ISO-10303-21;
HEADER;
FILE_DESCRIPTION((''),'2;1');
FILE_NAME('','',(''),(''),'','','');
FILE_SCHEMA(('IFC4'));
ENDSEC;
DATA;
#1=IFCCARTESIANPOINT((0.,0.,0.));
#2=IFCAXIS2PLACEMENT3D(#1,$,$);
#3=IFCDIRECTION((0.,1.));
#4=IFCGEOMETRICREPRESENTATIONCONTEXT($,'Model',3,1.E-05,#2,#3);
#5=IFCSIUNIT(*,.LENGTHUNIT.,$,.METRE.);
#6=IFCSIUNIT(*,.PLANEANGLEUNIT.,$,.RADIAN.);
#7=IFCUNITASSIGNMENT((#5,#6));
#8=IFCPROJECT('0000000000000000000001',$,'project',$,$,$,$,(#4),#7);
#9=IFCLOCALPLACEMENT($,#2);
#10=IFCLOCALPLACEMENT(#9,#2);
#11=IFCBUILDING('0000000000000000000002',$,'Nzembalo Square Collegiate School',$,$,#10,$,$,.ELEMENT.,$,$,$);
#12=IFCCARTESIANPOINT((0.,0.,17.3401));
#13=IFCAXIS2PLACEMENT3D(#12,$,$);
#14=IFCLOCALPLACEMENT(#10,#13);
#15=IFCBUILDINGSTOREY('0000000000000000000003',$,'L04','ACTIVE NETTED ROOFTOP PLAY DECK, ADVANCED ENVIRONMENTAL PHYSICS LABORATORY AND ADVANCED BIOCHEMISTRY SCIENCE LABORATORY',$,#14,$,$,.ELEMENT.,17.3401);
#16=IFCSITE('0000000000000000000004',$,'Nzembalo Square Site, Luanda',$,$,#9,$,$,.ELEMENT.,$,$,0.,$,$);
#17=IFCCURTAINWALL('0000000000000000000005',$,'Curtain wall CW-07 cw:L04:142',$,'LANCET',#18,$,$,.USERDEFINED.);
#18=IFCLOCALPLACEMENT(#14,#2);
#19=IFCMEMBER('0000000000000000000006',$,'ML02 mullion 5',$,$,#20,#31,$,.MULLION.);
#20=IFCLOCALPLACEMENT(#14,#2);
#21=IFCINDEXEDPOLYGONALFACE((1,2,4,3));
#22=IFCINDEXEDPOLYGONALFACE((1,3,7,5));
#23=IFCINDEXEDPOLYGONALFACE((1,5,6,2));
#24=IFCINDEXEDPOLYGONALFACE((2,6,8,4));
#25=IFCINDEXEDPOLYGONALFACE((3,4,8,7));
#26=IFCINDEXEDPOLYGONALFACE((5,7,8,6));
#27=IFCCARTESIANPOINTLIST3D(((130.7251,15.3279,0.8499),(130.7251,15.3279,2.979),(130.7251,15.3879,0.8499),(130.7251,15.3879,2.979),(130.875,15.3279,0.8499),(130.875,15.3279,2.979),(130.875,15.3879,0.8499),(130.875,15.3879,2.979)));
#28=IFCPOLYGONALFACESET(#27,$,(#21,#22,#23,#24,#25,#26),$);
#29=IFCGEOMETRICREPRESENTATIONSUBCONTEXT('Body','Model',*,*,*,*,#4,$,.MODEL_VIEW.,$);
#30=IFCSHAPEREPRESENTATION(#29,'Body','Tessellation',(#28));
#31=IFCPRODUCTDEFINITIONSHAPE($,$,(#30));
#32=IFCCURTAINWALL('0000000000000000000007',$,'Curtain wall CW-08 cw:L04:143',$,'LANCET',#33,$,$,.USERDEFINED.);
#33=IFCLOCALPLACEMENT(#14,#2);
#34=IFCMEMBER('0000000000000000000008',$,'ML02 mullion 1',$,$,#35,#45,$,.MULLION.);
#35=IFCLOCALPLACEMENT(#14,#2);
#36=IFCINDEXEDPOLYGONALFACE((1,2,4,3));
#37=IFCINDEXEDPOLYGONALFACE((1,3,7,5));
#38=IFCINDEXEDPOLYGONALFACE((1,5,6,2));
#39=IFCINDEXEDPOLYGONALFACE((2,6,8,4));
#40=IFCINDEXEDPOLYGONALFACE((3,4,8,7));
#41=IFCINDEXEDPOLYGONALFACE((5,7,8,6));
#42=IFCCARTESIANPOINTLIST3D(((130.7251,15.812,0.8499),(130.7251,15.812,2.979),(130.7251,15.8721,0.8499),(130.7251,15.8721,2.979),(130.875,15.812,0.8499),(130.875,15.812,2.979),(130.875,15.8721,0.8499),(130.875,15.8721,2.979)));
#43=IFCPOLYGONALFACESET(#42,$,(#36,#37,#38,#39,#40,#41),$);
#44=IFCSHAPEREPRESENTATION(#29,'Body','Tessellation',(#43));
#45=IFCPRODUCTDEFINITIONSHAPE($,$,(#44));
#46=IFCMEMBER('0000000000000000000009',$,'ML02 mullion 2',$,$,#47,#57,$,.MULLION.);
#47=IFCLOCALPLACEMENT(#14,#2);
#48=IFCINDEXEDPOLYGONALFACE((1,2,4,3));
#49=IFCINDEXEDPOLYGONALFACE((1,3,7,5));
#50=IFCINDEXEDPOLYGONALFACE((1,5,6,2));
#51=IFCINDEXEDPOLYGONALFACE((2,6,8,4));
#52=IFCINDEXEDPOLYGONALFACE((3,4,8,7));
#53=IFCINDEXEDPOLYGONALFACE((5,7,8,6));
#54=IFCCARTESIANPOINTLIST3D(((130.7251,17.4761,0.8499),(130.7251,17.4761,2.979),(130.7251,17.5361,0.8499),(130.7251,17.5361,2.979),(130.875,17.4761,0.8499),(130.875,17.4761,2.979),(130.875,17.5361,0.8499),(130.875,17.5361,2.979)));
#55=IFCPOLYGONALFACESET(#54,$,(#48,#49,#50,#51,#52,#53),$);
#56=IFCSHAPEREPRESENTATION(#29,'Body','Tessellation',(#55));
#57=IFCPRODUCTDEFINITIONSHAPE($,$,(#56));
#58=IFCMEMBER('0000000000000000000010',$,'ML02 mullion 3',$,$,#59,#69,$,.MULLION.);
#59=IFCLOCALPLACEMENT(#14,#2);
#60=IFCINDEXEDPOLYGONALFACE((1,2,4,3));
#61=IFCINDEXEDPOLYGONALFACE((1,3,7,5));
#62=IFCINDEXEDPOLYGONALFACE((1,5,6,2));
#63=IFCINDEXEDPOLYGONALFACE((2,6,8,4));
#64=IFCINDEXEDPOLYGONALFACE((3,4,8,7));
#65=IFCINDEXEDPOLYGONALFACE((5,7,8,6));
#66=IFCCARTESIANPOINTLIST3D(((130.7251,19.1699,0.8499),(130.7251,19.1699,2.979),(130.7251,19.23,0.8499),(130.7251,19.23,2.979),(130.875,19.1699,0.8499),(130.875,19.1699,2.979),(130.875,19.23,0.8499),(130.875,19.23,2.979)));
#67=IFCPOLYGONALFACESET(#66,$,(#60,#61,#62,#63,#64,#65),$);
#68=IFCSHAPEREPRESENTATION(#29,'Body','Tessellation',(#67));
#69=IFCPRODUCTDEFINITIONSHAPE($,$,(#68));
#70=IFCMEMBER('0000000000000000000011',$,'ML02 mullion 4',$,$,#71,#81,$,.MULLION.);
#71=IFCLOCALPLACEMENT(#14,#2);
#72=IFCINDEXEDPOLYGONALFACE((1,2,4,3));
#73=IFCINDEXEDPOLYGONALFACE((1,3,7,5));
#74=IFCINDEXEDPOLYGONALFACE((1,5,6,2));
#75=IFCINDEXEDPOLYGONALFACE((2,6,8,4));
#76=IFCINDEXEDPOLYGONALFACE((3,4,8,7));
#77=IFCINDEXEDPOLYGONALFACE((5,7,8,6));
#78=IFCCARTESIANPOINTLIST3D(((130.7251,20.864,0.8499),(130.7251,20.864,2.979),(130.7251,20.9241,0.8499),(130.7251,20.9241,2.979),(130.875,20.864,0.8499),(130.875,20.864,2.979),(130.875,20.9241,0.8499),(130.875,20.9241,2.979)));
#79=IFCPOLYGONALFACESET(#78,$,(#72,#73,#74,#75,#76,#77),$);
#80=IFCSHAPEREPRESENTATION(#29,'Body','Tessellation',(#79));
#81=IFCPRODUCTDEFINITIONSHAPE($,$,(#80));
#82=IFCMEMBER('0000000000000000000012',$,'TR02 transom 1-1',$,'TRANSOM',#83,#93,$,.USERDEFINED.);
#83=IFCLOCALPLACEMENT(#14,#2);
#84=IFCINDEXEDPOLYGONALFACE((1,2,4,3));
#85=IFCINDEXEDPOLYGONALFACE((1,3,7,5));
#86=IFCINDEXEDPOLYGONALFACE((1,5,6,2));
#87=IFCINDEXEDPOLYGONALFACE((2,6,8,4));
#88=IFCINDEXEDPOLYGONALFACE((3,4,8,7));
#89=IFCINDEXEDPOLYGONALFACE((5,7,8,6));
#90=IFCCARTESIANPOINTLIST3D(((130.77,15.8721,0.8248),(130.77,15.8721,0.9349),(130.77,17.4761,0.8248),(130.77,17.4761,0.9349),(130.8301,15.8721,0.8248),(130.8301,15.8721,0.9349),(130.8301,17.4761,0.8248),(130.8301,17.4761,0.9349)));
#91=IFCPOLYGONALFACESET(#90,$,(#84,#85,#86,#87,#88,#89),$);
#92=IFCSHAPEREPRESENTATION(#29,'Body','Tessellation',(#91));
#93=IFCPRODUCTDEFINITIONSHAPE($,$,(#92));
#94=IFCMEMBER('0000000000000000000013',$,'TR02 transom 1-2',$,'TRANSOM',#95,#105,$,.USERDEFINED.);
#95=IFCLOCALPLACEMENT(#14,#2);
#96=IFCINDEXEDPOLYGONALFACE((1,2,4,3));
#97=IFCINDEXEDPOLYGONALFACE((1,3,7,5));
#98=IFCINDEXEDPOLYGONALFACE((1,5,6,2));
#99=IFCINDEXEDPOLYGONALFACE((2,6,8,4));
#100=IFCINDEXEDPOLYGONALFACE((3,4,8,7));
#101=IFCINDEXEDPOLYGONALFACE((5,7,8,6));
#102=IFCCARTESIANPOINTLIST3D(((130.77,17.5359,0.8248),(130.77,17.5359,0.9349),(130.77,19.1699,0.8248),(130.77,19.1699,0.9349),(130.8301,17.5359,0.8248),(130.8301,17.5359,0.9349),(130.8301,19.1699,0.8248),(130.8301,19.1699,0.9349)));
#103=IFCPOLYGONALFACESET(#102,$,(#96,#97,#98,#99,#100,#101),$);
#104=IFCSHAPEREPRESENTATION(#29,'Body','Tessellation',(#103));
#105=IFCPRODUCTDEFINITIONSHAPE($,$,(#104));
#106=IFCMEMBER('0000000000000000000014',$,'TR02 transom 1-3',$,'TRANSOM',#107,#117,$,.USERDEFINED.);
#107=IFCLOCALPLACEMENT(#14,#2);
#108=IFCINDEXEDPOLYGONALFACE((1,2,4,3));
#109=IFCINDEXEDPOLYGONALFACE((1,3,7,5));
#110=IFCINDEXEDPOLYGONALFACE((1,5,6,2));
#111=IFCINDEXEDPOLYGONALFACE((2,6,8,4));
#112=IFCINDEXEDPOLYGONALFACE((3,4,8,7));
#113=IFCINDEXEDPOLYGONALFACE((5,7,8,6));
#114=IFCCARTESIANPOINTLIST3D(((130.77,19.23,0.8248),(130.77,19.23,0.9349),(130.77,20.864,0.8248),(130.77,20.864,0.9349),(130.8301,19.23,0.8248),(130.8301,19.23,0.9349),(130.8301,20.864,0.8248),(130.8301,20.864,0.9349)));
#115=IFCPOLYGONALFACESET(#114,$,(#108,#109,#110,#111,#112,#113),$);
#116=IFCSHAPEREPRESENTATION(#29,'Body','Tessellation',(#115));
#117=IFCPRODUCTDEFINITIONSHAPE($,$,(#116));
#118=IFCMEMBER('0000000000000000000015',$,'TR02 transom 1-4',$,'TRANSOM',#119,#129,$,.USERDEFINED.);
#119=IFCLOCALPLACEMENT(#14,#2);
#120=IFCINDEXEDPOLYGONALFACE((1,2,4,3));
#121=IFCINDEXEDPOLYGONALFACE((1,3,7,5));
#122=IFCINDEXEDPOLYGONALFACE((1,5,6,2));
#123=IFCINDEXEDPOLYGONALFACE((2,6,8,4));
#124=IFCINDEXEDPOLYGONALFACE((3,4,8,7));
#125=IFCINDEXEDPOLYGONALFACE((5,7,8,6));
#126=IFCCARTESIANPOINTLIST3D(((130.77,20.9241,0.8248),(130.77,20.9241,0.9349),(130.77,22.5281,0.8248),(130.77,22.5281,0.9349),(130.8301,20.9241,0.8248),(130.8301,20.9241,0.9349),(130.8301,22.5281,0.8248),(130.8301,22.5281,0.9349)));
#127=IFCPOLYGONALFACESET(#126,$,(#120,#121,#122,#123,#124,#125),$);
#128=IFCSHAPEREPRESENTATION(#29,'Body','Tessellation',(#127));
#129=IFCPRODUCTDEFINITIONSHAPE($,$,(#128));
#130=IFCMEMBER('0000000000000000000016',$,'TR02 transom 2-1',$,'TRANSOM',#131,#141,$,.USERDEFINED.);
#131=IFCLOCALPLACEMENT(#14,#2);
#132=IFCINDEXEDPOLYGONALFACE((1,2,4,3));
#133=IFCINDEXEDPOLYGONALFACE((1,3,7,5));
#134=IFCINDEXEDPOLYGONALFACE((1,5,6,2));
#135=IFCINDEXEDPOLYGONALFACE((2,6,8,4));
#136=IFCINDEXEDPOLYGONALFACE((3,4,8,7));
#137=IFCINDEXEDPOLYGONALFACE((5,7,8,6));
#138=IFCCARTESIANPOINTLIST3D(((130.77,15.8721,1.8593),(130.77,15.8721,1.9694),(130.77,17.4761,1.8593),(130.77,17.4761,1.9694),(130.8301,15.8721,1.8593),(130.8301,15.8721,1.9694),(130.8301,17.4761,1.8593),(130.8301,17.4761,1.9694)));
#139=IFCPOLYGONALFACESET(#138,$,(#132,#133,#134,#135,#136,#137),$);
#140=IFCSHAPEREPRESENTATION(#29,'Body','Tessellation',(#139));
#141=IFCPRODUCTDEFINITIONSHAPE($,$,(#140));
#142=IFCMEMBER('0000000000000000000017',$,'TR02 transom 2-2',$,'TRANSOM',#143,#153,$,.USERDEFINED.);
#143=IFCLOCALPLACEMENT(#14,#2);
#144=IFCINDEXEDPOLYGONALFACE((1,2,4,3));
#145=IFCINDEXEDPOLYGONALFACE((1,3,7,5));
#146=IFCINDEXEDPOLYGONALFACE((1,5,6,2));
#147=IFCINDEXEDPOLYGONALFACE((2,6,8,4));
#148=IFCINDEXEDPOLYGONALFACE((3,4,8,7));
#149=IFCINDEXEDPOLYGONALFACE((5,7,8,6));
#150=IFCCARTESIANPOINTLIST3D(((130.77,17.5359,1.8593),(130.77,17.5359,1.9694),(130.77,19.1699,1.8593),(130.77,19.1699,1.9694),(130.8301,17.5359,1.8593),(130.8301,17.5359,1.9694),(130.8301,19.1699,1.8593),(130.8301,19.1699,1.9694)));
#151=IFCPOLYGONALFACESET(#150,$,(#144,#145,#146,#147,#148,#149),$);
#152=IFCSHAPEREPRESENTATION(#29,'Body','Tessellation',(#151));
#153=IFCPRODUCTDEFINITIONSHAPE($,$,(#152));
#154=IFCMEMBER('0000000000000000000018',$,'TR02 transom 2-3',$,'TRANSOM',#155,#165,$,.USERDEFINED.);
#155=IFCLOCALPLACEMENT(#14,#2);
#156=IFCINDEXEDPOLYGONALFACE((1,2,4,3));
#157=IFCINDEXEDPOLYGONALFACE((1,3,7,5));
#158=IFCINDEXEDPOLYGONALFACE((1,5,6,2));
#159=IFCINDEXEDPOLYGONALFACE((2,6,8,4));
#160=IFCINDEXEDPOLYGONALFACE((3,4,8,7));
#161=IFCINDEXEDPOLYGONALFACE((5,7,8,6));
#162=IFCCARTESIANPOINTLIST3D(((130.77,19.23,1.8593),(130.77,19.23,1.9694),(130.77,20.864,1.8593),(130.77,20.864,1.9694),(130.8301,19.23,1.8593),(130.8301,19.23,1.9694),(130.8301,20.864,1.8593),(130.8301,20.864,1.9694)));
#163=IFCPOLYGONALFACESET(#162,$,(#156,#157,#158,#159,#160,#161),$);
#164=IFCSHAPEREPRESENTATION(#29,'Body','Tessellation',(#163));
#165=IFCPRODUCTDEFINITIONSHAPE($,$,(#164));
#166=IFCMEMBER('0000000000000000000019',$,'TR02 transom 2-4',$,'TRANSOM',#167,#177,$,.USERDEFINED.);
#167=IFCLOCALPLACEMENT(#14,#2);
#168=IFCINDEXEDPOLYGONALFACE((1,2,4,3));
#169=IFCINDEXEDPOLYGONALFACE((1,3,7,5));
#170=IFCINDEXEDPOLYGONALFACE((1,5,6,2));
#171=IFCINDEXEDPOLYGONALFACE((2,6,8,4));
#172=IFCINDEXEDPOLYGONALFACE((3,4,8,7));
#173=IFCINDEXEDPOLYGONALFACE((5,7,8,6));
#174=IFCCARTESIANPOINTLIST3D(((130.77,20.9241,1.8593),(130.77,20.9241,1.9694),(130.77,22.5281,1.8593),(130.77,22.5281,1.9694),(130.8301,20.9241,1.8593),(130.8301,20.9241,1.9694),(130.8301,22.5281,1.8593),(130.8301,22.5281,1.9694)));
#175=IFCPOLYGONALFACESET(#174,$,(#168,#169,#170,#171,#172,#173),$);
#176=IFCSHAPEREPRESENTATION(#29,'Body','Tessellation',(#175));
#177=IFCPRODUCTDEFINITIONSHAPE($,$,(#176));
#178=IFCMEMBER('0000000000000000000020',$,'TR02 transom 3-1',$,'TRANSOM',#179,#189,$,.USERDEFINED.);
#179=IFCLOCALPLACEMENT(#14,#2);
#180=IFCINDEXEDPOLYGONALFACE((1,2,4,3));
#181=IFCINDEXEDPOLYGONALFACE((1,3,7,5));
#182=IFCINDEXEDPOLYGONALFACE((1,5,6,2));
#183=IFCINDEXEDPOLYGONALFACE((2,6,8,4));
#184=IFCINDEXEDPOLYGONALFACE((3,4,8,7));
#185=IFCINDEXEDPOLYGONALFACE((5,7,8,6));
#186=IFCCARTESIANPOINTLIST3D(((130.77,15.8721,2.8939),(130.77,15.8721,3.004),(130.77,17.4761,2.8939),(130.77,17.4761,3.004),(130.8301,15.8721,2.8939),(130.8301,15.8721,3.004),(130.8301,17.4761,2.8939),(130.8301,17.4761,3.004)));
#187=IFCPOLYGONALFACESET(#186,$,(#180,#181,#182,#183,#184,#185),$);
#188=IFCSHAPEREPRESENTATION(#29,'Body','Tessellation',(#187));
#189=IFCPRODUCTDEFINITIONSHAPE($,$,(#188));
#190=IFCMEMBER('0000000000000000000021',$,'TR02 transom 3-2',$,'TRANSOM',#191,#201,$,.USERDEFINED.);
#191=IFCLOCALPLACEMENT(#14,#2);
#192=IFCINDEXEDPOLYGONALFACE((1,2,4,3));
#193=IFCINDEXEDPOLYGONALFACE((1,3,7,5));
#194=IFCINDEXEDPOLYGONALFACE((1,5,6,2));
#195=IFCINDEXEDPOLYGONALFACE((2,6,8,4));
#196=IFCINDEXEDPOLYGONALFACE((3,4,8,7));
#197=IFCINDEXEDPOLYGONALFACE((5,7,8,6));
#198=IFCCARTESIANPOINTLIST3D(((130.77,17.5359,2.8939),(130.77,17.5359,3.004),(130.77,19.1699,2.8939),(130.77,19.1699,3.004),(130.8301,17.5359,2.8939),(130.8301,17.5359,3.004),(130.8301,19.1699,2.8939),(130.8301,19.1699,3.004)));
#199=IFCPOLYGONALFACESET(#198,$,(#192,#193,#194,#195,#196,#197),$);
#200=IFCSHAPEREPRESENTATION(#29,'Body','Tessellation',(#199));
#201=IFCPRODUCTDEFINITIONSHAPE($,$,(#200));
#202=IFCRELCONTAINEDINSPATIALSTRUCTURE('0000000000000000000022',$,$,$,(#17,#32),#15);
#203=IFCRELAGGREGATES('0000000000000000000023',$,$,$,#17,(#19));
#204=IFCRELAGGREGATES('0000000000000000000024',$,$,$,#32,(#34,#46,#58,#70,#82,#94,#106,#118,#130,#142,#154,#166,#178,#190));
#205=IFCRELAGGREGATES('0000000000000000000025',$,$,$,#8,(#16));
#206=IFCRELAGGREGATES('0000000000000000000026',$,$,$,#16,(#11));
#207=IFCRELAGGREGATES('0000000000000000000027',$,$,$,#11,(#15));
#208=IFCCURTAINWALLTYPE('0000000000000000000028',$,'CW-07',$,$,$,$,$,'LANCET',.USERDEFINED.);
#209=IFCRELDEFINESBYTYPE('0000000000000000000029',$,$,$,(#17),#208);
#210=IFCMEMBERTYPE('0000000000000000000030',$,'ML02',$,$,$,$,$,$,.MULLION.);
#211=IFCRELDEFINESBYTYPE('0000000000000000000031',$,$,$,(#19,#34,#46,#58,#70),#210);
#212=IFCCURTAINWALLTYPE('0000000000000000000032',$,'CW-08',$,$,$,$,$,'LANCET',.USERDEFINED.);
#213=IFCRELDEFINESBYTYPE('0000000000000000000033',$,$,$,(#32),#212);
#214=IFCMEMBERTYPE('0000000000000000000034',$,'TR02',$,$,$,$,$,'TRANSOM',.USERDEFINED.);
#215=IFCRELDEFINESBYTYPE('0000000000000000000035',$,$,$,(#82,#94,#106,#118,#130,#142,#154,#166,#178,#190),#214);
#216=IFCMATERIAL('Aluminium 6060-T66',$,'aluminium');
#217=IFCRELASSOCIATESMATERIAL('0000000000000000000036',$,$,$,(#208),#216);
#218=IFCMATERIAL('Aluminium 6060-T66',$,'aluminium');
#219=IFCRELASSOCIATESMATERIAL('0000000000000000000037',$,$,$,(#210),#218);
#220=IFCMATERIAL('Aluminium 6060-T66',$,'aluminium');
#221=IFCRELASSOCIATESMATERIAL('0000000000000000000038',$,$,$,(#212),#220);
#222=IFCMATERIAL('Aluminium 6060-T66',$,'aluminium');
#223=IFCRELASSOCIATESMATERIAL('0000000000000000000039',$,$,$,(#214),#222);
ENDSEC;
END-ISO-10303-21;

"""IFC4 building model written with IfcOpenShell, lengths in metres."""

from ifc_helpers import new_model, si_unit, direction, frame, origin, origin_2d, place, context, subcontext, project, spatial, rectangle, extrude, material, material_profile, profile_set, type_object, element, aggregate, save


model = new_model("IFC4")

# Units and contexts
model_context = context("Model", 3, precision=1e-05, world=origin(), true_north=direction((0.0, 1.0)))
body_context = subcontext(model_context, "Body", "Model", "MODEL_VIEW")
ifc_project = project(units=[si_unit("LENGTHUNIT", "METRE"), si_unit("PLANEANGLEUNIT", "RADIAN")], contexts=[model_context])

# Site, building, storey
site_placement = place(None, origin())
site = spatial("IfcSite", under=ifc_project, at=site_placement, Name="Nzembalo Square Site, Luanda", CompositionType="ELEMENT", RefElevation=0.0)
building_placement = place(site_placement, origin())
building = spatial("IfcBuilding", under=site, at=building_placement, Name="Nzembalo Square Collegiate School", CompositionType="ELEMENT")
storey_placement = place(building_placement, frame((0.0, 0.0, 17.3401)))
storey = spatial("IfcBuildingStorey", under=building, at=storey_placement, Name="L04", Description="ACTIVE NETTED ROOFTOP PLAY DECK, ADVANCED ENVIRONMENTAL PHYSICS LABORATORY AND ADVANCED BIOCHEMISTRY SCIENCE LABORATORY", CompositionType="ELEMENT", Elevation=17.3401)

# Curtain wall, member
ifc_material_1 = material(Name="Aluminium 6060-T66", Category="aluminium")
curtain_wall_type_1 = type_object("IfcCurtainWallType", Name="CW-07", ElementType="LANCET", PredefinedType="USERDEFINED", material=ifc_material_1)
curtain_wall_1_placement = place(storey_placement, origin())
curtain_wall_1 = element("IfcCurtainWall", 1, at=curtain_wall_1_placement, inside=storey, type_object=curtain_wall_type_1, Name="Curtain wall CW-07 cw:L04:142", ObjectType="LANCET", PredefinedType="USERDEFINED")
ifc_material_2 = material(Name="Aluminium 6060-T66", Category="aluminium")
ifc_material_profile_1 = material_profile(ifc_material_2, rectangle(XDim=0.0601, YDim=0.1499, at=origin_2d()), Name="ALU M60x150")
ifc_profile_set_1 = profile_set([ifc_material_profile_1], Name="Aluminium 6060-T66")
member_type_1 = type_object("IfcMemberType", Name="ML02", PredefinedType="MULLION", material=ifc_profile_set_1)
member_1_placement = place(storey_placement, frame((130.8, 15.3579, 0.8499), z_axis=(0.0, 0.0, 1.0), x_axis=(0.0, 1.0, 0.0)))
member_1 = element("IfcMember", 2, at=member_1_placement, type_object=member_type_1, Name="ML02 mullion 5", PredefinedType="MULLION", context=body_context, shape_type="SweptSolid", body=[
    extrude(rectangle(XDim=0.0601, YDim=0.1499, at=origin_2d()), origin(), (0.0, 0.0, 1.0), 2.1292),
])
aggregate(curtain_wall_1, [member_1])

# Curtain wall, members
ifc_material_3 = material(Name="Aluminium 6060-T66", Category="aluminium")
curtain_wall_type_2 = type_object("IfcCurtainWallType", Name="CW-08", ElementType="LANCET", PredefinedType="USERDEFINED", material=ifc_material_3)
curtain_wall_2_placement = place(storey_placement, origin())
curtain_wall_2 = element("IfcCurtainWall", 3, at=curtain_wall_2_placement, inside=storey, type_object=curtain_wall_type_2, Name="Curtain wall CW-08 cw:L04:143", ObjectType="LANCET", PredefinedType="USERDEFINED")
member_2_placement = place(storey_placement, frame((130.8, 15.842, 0.8499), z_axis=(0.0, 0.0, 1.0), x_axis=(0.0, 1.0, 0.0)))
member_2 = element("IfcMember", 4, at=member_2_placement, type_object=member_type_1, Name="ML02 mullion 1", PredefinedType="MULLION", context=body_context, shape_type="SweptSolid", body=[
    extrude(rectangle(XDim=0.0601, YDim=0.1499, at=origin_2d()), origin(), (0.0, 0.0, 1.0), 2.1292),
])
member_3_placement = place(storey_placement, frame((130.8, 17.5061, 0.8499), z_axis=(0.0, 0.0, 1.0), x_axis=(0.0, 1.0, 0.0)))
member_3 = element("IfcMember", 5, at=member_3_placement, type_object=member_type_1, Name="ML02 mullion 2", PredefinedType="MULLION", context=body_context, shape_type="SweptSolid", body=[
    extrude(rectangle(XDim=0.0601, YDim=0.1499, at=origin_2d()), origin(), (0.0, 0.0, 1.0), 2.1292),
])
member_4_placement = place(storey_placement, frame((130.8, 19.2, 0.8499), z_axis=(0.0, 0.0, 1.0), x_axis=(0.0, 1.0, 0.0)))
member_4 = element("IfcMember", 6, at=member_4_placement, type_object=member_type_1, Name="ML02 mullion 3", PredefinedType="MULLION", context=body_context, shape_type="SweptSolid", body=[
    extrude(rectangle(XDim=0.0601, YDim=0.1499, at=origin_2d()), origin(), (0.0, 0.0, 1.0), 2.1292),
])
member_5_placement = place(storey_placement, frame((130.8, 20.894, 0.8499), z_axis=(0.0, 0.0, 1.0), x_axis=(0.0, 1.0, 0.0)))
member_5 = element("IfcMember", 7, at=member_5_placement, type_object=member_type_1, Name="ML02 mullion 4", PredefinedType="MULLION", context=body_context, shape_type="SweptSolid", body=[
    extrude(rectangle(XDim=0.0601, YDim=0.1499, at=origin_2d()), origin(), (0.0, 0.0, 1.0), 2.1292),
])
ifc_material_4 = material(Name="Aluminium 6060-T66", Category="aluminium")
ifc_material_profile_2 = material_profile(ifc_material_4, rectangle(XDim=0.0601, YDim=0.1101, at=origin_2d()), Name="ALU T60x110")
ifc_profile_set_2 = profile_set([ifc_material_profile_2], Name="Aluminium 6060-T66")
member_type_2 = type_object("IfcMemberType", Name="TR02", ElementType="TRANSOM", PredefinedType="USERDEFINED", material=ifc_profile_set_2)
member_6_placement = place(storey_placement, frame((130.8, 15.8721, 0.8799), z_axis=(0.0, 1.0, 0.0), x_axis=(-1.0, 0.0, 0.0)))
member_6 = element("IfcMember", 8, at=member_6_placement, type_object=member_type_2, Name="TR02 transom 1-1", ObjectType="TRANSOM", PredefinedType="USERDEFINED", context=body_context, shape_type="SweptSolid", body=[
    extrude(rectangle(XDim=0.0601, YDim=0.1101, at=origin_2d()), origin(), (0.0, 0.0, 1.0), 1.604),
])
member_7_placement = place(storey_placement, frame((130.8, 17.5359, 0.8799), z_axis=(0.0, 1.0, 0.0), x_axis=(-1.0, 0.0, 0.0)))
member_7 = element("IfcMember", 9, at=member_7_placement, type_object=member_type_2, Name="TR02 transom 1-2", ObjectType="TRANSOM", PredefinedType="USERDEFINED", context=body_context, shape_type="SweptSolid", body=[
    extrude(rectangle(XDim=0.0601, YDim=0.1101, at=origin_2d()), origin(), (0.0, 0.0, 1.0), 1.634),
])
member_8_placement = place(storey_placement, frame((130.8, 19.23, 0.8799), z_axis=(0.0, 1.0, 0.0), x_axis=(-1.0, 0.0, 0.0)))
member_8 = element("IfcMember", 10, at=member_8_placement, type_object=member_type_2, Name="TR02 transom 1-3", ObjectType="TRANSOM", PredefinedType="USERDEFINED", context=body_context, shape_type="SweptSolid", body=[
    extrude(rectangle(XDim=0.0601, YDim=0.1101, at=origin_2d()), origin(), (0.0, 0.0, 1.0), 1.634),
])
member_9_placement = place(storey_placement, frame((130.8, 20.9241, 0.8799), z_axis=(0.0, 1.0, 0.0), x_axis=(-1.0, 0.0, 0.0)))
member_9 = element("IfcMember", 11, at=member_9_placement, type_object=member_type_2, Name="TR02 transom 1-4", ObjectType="TRANSOM", PredefinedType="USERDEFINED", context=body_context, shape_type="SweptSolid", body=[
    extrude(rectangle(XDim=0.0601, YDim=0.1101, at=origin_2d()), origin(), (0.0, 0.0, 1.0), 1.604),
])
member_10_placement = place(storey_placement, frame((130.8, 15.8721, 1.9143), z_axis=(0.0, 1.0, 0.0), x_axis=(-1.0, 0.0, 0.0)))
member_10 = element("IfcMember", 12, at=member_10_placement, type_object=member_type_2, Name="TR02 transom 2-1", ObjectType="TRANSOM", PredefinedType="USERDEFINED", context=body_context, shape_type="SweptSolid", body=[
    extrude(rectangle(XDim=0.0601, YDim=0.1101, at=origin_2d()), origin(), (0.0, 0.0, 1.0), 1.604),
])
member_11_placement = place(storey_placement, frame((130.8, 17.5359, 1.9143), z_axis=(0.0, 1.0, 0.0), x_axis=(-1.0, 0.0, 0.0)))
member_11 = element("IfcMember", 13, at=member_11_placement, type_object=member_type_2, Name="TR02 transom 2-2", ObjectType="TRANSOM", PredefinedType="USERDEFINED", context=body_context, shape_type="SweptSolid", body=[
    extrude(rectangle(XDim=0.0601, YDim=0.1101, at=origin_2d()), origin(), (0.0, 0.0, 1.0), 1.634),
])
member_12_placement = place(storey_placement, frame((130.8, 19.23, 1.9143), z_axis=(0.0, 1.0, 0.0), x_axis=(-1.0, 0.0, 0.0)))
member_12 = element("IfcMember", 14, at=member_12_placement, type_object=member_type_2, Name="TR02 transom 2-3", ObjectType="TRANSOM", PredefinedType="USERDEFINED", context=body_context, shape_type="SweptSolid", body=[
    extrude(rectangle(XDim=0.0601, YDim=0.1101, at=origin_2d()), origin(), (0.0, 0.0, 1.0), 1.634),
])
member_13_placement = place(storey_placement, frame((130.8, 20.9241, 1.9143), z_axis=(0.0, 1.0, 0.0), x_axis=(-1.0, 0.0, 0.0)))
member_13 = element("IfcMember", 15, at=member_13_placement, type_object=member_type_2, Name="TR02 transom 2-4", ObjectType="TRANSOM", PredefinedType="USERDEFINED", context=body_context, shape_type="SweptSolid", body=[
    extrude(rectangle(XDim=0.0601, YDim=0.1101, at=origin_2d()), origin(), (0.0, 0.0, 1.0), 1.604),
])
member_14_placement = place(storey_placement, frame((130.8, 15.8721, 2.949), z_axis=(0.0, 1.0, 0.0), x_axis=(-1.0, 0.0, 0.0)))
member_14 = element("IfcMember", 16, at=member_14_placement, type_object=member_type_2, Name="TR02 transom 3-1", ObjectType="TRANSOM", PredefinedType="USERDEFINED", context=body_context, shape_type="SweptSolid", body=[
    extrude(rectangle(XDim=0.0601, YDim=0.1101, at=origin_2d()), origin(), (0.0, 0.0, 1.0), 1.604),
])
member_15_placement = place(storey_placement, frame((130.8, 17.5359, 2.949), z_axis=(0.0, 1.0, 0.0), x_axis=(-1.0, 0.0, 0.0)))
member_15 = element("IfcMember", 17, at=member_15_placement, type_object=member_type_2, Name="TR02 transom 3-2", ObjectType="TRANSOM", PredefinedType="USERDEFINED", context=body_context, shape_type="SweptSolid", body=[
    extrude(rectangle(XDim=0.0601, YDim=0.1101, at=origin_2d()), origin(), (0.0, 0.0, 1.0), 1.634),
])
aggregate(curtain_wall_2, [member_2, member_3, member_4, member_5, member_6, member_7, member_8, member_9, member_10, member_11, member_12, member_13, member_14, member_15])

save(model, "model.ifc")
